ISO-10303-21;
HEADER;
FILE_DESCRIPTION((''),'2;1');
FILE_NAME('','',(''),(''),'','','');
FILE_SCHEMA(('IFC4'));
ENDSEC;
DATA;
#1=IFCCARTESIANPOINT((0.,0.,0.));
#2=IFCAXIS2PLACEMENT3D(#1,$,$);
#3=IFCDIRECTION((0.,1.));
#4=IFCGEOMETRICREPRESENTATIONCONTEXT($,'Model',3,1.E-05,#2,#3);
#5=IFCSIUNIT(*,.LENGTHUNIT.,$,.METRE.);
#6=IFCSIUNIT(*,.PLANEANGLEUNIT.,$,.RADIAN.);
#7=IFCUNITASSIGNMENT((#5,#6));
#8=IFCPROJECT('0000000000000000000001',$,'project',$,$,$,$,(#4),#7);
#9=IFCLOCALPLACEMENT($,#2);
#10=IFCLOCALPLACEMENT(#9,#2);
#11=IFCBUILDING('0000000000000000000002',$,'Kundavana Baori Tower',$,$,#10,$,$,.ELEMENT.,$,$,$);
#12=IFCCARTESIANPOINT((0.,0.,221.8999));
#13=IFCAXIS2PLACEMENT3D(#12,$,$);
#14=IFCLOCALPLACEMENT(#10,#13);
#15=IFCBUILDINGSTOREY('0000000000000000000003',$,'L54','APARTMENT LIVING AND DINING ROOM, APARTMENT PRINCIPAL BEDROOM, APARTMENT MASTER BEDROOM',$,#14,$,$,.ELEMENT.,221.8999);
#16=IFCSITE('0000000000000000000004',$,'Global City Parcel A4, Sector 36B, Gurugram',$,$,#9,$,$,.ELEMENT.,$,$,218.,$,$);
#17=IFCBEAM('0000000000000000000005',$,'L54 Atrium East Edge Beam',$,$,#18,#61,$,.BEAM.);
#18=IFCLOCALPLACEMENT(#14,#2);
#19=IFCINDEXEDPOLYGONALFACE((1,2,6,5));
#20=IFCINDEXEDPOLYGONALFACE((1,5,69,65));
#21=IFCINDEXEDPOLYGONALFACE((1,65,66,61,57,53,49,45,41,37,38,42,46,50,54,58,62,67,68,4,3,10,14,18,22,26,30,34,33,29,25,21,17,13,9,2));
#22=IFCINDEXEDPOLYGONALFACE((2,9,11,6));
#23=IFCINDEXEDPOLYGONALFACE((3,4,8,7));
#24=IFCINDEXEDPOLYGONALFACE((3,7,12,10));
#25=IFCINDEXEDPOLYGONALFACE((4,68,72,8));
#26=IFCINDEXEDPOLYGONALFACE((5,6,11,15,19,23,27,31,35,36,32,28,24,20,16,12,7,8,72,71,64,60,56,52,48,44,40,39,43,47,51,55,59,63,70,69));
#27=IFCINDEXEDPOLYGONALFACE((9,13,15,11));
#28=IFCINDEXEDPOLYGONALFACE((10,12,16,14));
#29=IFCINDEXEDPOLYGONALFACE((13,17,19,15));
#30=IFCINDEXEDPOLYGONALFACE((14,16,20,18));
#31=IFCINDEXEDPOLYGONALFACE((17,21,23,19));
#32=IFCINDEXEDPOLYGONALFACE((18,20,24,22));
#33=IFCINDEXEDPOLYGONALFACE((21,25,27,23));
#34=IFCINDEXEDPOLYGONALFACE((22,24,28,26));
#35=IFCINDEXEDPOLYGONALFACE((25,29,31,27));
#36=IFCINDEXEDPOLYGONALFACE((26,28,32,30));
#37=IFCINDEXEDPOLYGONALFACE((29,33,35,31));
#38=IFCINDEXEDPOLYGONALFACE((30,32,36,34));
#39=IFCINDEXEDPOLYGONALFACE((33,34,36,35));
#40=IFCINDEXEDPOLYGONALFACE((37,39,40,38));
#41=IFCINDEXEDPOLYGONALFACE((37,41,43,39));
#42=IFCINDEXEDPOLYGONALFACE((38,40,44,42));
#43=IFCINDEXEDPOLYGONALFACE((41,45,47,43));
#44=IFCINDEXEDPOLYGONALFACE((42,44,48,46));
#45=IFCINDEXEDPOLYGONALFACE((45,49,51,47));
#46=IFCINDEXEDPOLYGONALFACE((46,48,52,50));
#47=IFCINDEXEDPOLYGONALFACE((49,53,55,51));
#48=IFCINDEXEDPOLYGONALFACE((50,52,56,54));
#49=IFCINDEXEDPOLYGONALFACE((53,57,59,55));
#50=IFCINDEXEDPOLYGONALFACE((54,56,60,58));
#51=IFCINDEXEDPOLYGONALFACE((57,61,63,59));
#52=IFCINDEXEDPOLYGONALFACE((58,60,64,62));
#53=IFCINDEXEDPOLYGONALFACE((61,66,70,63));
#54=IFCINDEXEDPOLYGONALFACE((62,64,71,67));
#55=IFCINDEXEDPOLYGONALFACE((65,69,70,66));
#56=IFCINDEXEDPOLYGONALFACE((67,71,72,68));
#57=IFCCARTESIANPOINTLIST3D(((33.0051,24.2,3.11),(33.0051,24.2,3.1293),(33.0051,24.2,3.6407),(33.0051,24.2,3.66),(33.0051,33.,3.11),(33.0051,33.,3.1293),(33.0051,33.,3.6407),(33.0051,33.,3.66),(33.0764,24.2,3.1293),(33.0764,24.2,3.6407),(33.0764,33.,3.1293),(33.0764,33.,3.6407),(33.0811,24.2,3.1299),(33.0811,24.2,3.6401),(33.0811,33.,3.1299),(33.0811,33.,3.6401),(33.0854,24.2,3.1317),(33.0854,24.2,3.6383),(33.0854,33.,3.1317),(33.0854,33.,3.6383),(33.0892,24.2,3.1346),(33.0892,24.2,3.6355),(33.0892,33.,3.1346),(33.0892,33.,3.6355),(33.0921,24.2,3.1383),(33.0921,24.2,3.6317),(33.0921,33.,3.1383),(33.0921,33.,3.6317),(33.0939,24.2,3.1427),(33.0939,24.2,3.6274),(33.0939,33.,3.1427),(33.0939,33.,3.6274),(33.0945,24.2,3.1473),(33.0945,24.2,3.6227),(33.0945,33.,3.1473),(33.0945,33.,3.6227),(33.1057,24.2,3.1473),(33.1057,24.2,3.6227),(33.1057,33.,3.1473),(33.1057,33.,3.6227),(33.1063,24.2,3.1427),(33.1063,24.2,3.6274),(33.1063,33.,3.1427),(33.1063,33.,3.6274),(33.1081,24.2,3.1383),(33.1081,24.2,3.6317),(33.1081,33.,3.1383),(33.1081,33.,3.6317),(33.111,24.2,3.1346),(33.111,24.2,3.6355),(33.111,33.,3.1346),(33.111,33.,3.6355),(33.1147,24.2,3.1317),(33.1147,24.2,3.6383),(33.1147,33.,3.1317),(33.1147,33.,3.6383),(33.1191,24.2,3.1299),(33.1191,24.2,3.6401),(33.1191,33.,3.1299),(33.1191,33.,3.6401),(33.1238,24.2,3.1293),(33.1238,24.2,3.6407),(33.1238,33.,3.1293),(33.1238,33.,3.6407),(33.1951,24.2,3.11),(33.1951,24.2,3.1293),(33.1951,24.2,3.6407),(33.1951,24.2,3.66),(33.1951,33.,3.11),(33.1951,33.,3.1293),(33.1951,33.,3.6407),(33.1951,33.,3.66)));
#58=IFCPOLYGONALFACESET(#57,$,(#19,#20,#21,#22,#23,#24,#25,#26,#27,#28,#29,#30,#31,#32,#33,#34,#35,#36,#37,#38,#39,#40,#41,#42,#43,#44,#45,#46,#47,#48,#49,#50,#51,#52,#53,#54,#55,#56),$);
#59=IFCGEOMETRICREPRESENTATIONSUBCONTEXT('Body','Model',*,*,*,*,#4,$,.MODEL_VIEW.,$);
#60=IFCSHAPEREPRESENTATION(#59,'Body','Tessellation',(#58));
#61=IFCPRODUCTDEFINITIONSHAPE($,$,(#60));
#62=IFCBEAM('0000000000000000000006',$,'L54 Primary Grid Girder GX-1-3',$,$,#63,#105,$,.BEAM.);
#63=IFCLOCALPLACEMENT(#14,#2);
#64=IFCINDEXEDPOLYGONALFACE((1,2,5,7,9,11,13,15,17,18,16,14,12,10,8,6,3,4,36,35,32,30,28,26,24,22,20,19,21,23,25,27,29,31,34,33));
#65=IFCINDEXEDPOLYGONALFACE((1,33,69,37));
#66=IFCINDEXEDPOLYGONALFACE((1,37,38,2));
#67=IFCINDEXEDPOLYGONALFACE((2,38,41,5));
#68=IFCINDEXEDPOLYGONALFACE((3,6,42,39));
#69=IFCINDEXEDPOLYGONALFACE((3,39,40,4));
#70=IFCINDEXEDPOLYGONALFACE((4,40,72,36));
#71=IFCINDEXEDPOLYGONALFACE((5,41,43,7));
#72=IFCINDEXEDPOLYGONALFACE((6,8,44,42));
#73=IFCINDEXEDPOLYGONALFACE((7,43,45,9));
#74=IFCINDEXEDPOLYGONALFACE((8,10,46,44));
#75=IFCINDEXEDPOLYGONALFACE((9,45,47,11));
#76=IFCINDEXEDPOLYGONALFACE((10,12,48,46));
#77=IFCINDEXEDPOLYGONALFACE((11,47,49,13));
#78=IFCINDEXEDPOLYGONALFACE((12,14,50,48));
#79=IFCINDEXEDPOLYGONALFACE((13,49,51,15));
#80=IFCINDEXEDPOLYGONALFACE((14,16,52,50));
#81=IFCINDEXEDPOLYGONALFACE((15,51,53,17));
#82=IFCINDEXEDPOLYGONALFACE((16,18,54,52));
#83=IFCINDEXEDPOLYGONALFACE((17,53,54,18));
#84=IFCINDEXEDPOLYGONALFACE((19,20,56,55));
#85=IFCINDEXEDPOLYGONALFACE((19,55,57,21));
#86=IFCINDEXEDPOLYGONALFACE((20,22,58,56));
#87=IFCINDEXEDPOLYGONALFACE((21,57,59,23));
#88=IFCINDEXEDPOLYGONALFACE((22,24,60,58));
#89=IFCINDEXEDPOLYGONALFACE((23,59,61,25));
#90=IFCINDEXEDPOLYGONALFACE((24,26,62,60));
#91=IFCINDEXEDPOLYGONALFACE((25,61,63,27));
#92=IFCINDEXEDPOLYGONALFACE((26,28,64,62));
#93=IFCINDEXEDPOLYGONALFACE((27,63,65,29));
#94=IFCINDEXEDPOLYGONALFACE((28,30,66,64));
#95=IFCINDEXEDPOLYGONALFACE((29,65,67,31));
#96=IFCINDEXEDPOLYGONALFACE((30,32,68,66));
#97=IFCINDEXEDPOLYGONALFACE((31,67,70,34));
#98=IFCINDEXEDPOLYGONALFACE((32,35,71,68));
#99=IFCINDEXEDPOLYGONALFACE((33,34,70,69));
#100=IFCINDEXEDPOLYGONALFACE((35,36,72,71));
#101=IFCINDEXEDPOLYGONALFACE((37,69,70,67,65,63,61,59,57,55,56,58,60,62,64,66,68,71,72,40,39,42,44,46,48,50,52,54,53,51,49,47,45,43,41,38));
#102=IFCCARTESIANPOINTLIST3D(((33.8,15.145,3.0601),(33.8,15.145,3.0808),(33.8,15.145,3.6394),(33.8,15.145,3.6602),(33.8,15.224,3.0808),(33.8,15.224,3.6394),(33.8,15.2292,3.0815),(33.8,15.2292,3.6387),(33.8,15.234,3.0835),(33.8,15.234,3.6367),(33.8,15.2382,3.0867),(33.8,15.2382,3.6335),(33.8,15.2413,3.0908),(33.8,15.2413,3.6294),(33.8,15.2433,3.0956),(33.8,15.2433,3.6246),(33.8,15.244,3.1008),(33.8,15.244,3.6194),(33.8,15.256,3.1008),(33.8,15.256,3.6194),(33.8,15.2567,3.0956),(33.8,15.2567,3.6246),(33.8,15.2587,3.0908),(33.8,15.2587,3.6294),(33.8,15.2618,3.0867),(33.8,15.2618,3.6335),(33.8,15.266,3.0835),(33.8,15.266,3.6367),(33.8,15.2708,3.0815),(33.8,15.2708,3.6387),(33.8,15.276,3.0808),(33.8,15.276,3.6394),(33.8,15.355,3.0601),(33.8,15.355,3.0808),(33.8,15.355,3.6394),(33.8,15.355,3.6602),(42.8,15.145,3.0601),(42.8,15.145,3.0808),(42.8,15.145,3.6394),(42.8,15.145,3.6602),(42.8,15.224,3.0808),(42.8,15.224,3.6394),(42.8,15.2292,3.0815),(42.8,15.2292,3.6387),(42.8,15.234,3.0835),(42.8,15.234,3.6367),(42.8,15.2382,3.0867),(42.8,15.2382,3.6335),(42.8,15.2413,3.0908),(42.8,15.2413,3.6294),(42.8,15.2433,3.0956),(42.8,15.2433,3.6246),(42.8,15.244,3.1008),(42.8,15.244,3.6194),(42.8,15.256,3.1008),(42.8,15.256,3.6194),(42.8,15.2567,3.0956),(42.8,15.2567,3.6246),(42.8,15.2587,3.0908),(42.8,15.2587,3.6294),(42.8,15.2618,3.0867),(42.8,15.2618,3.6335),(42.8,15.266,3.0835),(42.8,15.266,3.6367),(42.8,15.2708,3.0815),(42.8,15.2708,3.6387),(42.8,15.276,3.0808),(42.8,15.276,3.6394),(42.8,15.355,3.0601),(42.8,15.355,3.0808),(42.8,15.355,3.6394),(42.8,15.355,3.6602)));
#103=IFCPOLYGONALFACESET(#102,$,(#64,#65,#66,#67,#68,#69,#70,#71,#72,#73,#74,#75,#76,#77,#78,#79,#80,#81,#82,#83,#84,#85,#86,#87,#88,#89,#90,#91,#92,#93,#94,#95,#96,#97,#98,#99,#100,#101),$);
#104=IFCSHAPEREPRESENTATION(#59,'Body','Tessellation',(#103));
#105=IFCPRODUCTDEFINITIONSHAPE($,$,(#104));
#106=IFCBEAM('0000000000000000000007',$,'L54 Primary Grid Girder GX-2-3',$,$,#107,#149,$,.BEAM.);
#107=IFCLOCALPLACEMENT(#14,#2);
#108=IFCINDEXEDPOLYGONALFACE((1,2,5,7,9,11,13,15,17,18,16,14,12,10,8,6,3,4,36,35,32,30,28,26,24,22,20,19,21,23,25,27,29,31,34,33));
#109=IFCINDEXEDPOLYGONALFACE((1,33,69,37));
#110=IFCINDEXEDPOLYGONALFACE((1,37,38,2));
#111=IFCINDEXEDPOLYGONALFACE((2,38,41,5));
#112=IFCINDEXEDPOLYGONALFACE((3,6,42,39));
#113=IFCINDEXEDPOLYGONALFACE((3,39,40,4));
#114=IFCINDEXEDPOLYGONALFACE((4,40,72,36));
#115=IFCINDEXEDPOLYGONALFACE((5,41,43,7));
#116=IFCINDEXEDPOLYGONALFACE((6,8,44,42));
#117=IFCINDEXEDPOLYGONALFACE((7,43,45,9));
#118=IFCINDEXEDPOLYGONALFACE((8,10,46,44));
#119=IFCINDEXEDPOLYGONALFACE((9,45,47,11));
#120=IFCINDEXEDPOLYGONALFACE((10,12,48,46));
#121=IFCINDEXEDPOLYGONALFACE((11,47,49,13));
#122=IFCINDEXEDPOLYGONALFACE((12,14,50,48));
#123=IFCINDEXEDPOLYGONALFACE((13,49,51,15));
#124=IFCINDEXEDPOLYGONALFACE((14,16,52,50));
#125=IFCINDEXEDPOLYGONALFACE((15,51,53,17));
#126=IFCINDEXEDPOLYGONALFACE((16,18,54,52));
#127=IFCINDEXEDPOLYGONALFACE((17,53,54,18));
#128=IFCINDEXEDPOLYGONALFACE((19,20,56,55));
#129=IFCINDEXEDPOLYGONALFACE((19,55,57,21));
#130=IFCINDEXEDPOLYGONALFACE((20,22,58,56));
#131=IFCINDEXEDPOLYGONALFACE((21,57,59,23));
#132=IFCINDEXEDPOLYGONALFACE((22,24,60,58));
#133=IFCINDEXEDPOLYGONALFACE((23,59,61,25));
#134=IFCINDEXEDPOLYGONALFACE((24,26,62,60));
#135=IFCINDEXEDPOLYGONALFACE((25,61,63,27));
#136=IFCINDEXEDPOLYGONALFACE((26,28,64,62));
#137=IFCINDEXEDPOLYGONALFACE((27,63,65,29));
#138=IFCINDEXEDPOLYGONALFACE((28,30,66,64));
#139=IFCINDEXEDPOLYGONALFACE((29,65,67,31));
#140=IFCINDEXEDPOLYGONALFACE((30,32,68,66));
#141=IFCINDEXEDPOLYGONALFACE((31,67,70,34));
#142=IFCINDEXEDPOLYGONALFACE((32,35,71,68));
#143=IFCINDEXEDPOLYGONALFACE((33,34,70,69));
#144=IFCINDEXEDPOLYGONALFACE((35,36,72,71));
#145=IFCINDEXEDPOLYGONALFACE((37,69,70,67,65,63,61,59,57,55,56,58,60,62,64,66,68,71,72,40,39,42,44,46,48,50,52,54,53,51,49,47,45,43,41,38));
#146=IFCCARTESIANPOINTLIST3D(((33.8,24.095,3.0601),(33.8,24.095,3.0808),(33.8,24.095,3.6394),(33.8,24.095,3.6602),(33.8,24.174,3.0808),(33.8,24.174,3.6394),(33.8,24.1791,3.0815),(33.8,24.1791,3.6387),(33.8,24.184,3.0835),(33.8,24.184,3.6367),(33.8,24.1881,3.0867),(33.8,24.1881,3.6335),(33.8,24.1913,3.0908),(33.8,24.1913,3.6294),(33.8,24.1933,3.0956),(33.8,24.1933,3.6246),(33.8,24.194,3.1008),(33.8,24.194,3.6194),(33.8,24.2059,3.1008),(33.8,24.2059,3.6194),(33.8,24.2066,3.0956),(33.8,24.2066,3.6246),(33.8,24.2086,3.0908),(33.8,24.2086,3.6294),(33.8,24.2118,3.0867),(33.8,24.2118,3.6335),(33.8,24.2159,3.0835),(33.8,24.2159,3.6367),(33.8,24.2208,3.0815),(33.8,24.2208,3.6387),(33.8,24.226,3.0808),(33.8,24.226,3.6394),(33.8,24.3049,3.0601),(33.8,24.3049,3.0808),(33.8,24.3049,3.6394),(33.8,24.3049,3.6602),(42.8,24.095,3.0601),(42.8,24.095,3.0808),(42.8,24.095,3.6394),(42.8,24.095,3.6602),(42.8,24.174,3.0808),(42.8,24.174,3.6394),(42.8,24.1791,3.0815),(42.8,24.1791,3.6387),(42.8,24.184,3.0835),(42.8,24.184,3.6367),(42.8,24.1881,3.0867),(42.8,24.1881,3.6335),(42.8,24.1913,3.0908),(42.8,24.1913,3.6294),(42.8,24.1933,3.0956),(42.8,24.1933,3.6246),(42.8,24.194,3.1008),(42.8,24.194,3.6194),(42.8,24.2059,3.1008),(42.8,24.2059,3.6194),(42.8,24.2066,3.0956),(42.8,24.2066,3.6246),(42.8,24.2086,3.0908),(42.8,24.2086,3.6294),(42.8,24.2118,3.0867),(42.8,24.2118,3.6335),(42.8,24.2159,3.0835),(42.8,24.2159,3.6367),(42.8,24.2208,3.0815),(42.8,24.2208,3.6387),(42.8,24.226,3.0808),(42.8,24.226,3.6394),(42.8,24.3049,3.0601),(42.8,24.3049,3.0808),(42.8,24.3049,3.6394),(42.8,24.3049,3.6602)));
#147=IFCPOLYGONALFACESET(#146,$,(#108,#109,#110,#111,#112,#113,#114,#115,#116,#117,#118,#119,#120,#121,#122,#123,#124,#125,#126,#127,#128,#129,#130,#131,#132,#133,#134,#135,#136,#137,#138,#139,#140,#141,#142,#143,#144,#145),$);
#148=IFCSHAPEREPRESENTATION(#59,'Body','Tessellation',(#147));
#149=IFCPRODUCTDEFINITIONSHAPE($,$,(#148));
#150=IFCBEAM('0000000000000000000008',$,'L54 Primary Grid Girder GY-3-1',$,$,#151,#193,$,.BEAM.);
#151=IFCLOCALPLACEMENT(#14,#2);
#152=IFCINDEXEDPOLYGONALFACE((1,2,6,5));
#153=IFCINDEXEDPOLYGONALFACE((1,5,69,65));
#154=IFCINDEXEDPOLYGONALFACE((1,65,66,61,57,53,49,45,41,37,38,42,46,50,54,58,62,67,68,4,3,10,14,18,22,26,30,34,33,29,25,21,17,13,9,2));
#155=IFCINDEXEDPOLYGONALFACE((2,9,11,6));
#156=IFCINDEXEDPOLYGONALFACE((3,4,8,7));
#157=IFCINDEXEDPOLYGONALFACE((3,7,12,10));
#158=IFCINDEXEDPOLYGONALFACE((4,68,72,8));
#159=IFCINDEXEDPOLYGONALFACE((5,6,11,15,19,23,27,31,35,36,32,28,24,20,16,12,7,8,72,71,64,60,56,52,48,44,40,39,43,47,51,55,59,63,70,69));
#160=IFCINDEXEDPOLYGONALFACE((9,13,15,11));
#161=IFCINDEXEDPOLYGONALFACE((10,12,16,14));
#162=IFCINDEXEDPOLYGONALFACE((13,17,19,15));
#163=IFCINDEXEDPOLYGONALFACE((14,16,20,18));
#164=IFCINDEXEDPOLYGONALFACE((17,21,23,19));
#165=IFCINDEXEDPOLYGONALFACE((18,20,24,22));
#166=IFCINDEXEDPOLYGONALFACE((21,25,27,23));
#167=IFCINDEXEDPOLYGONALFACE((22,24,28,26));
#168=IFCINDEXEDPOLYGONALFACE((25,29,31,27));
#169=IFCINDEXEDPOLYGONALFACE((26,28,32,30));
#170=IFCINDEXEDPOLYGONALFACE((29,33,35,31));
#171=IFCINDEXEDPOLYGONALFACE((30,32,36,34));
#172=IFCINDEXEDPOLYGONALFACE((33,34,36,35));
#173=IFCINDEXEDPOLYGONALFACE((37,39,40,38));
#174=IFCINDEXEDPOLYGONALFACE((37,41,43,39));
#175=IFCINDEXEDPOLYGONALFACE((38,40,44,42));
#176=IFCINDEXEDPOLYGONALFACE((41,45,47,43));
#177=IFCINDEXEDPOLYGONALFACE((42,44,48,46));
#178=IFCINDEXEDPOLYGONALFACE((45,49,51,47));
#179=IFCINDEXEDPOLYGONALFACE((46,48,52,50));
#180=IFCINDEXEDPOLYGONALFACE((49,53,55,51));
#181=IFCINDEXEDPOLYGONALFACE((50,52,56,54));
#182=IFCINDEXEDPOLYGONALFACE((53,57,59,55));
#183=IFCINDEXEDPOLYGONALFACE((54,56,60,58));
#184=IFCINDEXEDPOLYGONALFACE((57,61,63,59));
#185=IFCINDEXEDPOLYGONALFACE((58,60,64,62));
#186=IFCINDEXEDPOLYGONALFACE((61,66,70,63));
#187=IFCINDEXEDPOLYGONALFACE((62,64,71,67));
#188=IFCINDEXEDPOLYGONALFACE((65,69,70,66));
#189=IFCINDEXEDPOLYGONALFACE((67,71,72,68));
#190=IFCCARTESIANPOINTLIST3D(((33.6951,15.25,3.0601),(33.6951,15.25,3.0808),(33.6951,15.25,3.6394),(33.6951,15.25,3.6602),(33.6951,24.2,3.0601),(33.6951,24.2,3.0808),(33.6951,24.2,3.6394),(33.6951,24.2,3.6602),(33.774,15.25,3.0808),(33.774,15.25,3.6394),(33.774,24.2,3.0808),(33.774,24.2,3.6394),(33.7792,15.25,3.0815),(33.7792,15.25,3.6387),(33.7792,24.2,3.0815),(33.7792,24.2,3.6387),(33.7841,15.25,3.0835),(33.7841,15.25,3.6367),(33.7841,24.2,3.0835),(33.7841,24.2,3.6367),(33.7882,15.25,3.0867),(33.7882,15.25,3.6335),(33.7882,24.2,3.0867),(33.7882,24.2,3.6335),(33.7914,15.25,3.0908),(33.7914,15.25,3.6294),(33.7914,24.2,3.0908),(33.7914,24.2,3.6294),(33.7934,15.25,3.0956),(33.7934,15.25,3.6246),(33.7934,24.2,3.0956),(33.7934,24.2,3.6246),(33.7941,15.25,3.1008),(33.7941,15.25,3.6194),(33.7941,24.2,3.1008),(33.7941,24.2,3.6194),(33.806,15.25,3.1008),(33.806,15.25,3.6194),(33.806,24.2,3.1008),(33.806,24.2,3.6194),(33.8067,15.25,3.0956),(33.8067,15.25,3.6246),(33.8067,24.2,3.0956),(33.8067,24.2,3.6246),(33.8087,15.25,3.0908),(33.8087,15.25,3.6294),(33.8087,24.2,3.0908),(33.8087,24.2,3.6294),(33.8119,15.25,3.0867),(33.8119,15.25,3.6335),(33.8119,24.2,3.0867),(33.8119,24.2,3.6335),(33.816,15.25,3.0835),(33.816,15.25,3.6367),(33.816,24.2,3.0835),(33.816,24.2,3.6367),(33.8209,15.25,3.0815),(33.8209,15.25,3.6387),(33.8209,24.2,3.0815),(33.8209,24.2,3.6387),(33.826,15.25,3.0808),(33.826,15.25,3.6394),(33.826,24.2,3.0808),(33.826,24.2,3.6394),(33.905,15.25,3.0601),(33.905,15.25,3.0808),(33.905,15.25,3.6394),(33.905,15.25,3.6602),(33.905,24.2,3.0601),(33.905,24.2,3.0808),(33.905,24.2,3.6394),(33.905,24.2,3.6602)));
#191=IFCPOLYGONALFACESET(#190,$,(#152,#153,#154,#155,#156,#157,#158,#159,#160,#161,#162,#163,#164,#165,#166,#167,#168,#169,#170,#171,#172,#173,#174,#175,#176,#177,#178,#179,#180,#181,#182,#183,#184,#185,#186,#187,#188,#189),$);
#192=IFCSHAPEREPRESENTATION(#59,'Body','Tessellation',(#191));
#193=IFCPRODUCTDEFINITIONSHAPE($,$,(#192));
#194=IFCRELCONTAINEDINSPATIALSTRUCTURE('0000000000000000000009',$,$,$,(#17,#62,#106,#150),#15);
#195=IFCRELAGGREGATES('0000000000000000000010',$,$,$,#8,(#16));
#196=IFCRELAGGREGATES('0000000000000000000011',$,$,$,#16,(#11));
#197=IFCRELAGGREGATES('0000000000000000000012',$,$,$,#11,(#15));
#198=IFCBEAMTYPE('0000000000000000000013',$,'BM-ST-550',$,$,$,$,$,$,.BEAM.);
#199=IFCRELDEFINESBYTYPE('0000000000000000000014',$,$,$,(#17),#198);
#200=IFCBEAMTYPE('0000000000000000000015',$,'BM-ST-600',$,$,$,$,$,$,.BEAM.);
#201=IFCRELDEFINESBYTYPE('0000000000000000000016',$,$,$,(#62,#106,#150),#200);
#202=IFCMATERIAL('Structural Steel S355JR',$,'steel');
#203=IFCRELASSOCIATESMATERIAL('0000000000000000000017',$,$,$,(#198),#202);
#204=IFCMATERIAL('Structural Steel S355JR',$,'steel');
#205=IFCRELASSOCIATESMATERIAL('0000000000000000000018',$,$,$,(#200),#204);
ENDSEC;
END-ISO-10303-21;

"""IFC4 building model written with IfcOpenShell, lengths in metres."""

from ifc_helpers import new_model, si_unit, direction, frame, origin, origin_2d, place, context, subcontext, project, spatial, i_section, extrude, material, material_profile, profile_set, type_object, element, save


model = new_model("IFC4")

# Units and contexts
model_context = context("Model", 3, precision=1e-05, world=origin(), true_north=direction((0.0, 1.0)))
body_context = subcontext(model_context, "Body", "Model", "MODEL_VIEW")
ifc_project = project(units=[si_unit("LENGTHUNIT", "METRE"), si_unit("PLANEANGLEUNIT", "RADIAN")], contexts=[model_context])

# Site, building, storey
site_placement = place(None, origin())
site = spatial("IfcSite", under=ifc_project, at=site_placement, Name="Global City Parcel A4, Sector 36B, Gurugram", CompositionType="ELEMENT", RefElevation=218.0)
building_placement = place(site_placement, origin())
building = spatial("IfcBuilding", under=site, at=building_placement, Name="Kundavana Baori Tower", CompositionType="ELEMENT")
storey_placement = place(building_placement, frame((0.0, 0.0, 221.8999)))
storey = spatial("IfcBuildingStorey", under=building, at=storey_placement, Name="L54", Description="APARTMENT LIVING AND DINING ROOM, APARTMENT PRINCIPAL BEDROOM, APARTMENT MASTER BEDROOM", CompositionType="ELEMENT", Elevation=221.8999)

# Beams
ifc_material_1 = material(Name="Structural Steel S355JR", Category="steel")
ifc_material_profile_1 = material_profile(ifc_material_1, i_section(OverallWidth=0.1899, OverallDepth=0.55, WebThickness=0.0112, FlangeThickness=0.0193, FilletRadius=0.0181, at=origin_2d()), Name="ISMB 550")
ifc_profile_set_1 = profile_set([ifc_material_profile_1], Name="Structural Steel S355JR")
beam_type_1 = type_object("IfcBeamType", Name="BM-ST-550", PredefinedType="BEAM", material=ifc_profile_set_1)
for number, where, z_axis, x_axis, name in (
    (1, (33.1001, 24.2, 3.385), (0.0, 1.0, 0.0), (-1.0, 0.0, 0.0), "L54 Atrium East Edge Beam"),
):
    element("IfcBeam", number, at=place(storey_placement, frame(where, z_axis=z_axis, x_axis=x_axis)), inside=storey, type_object=beam_type_1, Name=name, PredefinedType="BEAM", context=body_context, shape_type="SweptSolid", body=[
        extrude(i_section(OverallWidth=0.1899, OverallDepth=0.55, WebThickness=0.0112, FlangeThickness=0.0193, FilletRadius=0.0181, at=origin_2d()), origin(), (0.0, 0.0, 1.0), 8.8),
    ])
ifc_material_2 = material(Name="Structural Steel S355JR", Category="steel")
ifc_material_profile_2 = material_profile(ifc_material_2, i_section(OverallWidth=0.21, OverallDepth=0.6001, WebThickness=0.012, FlangeThickness=0.0208, FilletRadius=0.02, at=origin_2d()), Name="ISMB 600")
ifc_profile_set_2 = profile_set([ifc_material_profile_2], Name="Structural Steel S355JR")
beam_type_2 = type_object("IfcBeamType", Name="BM-ST-600", PredefinedType="BEAM", material=ifc_profile_set_2)
for number, where, z_axis, x_axis, name in (
    (2, (33.8, 15.25, 3.3601), (1.0, 0.0, 0.0), (0.0, 1.0, 0.0), "L54 Primary Grid Girder GX-1-3"),
    (3, (33.8, 24.2, 3.3601), (1.0, 0.0, 0.0), (0.0, 1.0, 0.0), "L54 Primary Grid Girder GX-2-3"),
):
    element("IfcBeam", number, at=place(storey_placement, frame(where, z_axis=z_axis, x_axis=x_axis)), inside=storey, type_object=beam_type_2, Name=name, PredefinedType="BEAM", context=body_context, shape_type="SweptSolid", body=[
        extrude(i_section(OverallWidth=0.21, OverallDepth=0.6001, WebThickness=0.012, FlangeThickness=0.0208, FilletRadius=0.02, at=origin_2d()), origin(), (0.0, 0.0, 1.0), 9.0),
    ])
beam_1_placement = place(storey_placement, frame((33.8, 15.25, 3.3601), z_axis=(0.0, 1.0, 0.0), x_axis=(-1.0, 0.0, 0.0)))
element("IfcBeam", 4, at=beam_1_placement, inside=storey, type_object=beam_type_2, Name="L54 Primary Grid Girder GY-3-1", PredefinedType="BEAM", context=body_context, shape_type="SweptSolid", body=[
    extrude(i_section(OverallWidth=0.21, OverallDepth=0.6001, WebThickness=0.012, FlangeThickness=0.0208, FilletRadius=0.02, at=origin_2d()), origin(), (0.0, 0.0, 1.0), 8.95),
])

save(model, "model.ifc")
